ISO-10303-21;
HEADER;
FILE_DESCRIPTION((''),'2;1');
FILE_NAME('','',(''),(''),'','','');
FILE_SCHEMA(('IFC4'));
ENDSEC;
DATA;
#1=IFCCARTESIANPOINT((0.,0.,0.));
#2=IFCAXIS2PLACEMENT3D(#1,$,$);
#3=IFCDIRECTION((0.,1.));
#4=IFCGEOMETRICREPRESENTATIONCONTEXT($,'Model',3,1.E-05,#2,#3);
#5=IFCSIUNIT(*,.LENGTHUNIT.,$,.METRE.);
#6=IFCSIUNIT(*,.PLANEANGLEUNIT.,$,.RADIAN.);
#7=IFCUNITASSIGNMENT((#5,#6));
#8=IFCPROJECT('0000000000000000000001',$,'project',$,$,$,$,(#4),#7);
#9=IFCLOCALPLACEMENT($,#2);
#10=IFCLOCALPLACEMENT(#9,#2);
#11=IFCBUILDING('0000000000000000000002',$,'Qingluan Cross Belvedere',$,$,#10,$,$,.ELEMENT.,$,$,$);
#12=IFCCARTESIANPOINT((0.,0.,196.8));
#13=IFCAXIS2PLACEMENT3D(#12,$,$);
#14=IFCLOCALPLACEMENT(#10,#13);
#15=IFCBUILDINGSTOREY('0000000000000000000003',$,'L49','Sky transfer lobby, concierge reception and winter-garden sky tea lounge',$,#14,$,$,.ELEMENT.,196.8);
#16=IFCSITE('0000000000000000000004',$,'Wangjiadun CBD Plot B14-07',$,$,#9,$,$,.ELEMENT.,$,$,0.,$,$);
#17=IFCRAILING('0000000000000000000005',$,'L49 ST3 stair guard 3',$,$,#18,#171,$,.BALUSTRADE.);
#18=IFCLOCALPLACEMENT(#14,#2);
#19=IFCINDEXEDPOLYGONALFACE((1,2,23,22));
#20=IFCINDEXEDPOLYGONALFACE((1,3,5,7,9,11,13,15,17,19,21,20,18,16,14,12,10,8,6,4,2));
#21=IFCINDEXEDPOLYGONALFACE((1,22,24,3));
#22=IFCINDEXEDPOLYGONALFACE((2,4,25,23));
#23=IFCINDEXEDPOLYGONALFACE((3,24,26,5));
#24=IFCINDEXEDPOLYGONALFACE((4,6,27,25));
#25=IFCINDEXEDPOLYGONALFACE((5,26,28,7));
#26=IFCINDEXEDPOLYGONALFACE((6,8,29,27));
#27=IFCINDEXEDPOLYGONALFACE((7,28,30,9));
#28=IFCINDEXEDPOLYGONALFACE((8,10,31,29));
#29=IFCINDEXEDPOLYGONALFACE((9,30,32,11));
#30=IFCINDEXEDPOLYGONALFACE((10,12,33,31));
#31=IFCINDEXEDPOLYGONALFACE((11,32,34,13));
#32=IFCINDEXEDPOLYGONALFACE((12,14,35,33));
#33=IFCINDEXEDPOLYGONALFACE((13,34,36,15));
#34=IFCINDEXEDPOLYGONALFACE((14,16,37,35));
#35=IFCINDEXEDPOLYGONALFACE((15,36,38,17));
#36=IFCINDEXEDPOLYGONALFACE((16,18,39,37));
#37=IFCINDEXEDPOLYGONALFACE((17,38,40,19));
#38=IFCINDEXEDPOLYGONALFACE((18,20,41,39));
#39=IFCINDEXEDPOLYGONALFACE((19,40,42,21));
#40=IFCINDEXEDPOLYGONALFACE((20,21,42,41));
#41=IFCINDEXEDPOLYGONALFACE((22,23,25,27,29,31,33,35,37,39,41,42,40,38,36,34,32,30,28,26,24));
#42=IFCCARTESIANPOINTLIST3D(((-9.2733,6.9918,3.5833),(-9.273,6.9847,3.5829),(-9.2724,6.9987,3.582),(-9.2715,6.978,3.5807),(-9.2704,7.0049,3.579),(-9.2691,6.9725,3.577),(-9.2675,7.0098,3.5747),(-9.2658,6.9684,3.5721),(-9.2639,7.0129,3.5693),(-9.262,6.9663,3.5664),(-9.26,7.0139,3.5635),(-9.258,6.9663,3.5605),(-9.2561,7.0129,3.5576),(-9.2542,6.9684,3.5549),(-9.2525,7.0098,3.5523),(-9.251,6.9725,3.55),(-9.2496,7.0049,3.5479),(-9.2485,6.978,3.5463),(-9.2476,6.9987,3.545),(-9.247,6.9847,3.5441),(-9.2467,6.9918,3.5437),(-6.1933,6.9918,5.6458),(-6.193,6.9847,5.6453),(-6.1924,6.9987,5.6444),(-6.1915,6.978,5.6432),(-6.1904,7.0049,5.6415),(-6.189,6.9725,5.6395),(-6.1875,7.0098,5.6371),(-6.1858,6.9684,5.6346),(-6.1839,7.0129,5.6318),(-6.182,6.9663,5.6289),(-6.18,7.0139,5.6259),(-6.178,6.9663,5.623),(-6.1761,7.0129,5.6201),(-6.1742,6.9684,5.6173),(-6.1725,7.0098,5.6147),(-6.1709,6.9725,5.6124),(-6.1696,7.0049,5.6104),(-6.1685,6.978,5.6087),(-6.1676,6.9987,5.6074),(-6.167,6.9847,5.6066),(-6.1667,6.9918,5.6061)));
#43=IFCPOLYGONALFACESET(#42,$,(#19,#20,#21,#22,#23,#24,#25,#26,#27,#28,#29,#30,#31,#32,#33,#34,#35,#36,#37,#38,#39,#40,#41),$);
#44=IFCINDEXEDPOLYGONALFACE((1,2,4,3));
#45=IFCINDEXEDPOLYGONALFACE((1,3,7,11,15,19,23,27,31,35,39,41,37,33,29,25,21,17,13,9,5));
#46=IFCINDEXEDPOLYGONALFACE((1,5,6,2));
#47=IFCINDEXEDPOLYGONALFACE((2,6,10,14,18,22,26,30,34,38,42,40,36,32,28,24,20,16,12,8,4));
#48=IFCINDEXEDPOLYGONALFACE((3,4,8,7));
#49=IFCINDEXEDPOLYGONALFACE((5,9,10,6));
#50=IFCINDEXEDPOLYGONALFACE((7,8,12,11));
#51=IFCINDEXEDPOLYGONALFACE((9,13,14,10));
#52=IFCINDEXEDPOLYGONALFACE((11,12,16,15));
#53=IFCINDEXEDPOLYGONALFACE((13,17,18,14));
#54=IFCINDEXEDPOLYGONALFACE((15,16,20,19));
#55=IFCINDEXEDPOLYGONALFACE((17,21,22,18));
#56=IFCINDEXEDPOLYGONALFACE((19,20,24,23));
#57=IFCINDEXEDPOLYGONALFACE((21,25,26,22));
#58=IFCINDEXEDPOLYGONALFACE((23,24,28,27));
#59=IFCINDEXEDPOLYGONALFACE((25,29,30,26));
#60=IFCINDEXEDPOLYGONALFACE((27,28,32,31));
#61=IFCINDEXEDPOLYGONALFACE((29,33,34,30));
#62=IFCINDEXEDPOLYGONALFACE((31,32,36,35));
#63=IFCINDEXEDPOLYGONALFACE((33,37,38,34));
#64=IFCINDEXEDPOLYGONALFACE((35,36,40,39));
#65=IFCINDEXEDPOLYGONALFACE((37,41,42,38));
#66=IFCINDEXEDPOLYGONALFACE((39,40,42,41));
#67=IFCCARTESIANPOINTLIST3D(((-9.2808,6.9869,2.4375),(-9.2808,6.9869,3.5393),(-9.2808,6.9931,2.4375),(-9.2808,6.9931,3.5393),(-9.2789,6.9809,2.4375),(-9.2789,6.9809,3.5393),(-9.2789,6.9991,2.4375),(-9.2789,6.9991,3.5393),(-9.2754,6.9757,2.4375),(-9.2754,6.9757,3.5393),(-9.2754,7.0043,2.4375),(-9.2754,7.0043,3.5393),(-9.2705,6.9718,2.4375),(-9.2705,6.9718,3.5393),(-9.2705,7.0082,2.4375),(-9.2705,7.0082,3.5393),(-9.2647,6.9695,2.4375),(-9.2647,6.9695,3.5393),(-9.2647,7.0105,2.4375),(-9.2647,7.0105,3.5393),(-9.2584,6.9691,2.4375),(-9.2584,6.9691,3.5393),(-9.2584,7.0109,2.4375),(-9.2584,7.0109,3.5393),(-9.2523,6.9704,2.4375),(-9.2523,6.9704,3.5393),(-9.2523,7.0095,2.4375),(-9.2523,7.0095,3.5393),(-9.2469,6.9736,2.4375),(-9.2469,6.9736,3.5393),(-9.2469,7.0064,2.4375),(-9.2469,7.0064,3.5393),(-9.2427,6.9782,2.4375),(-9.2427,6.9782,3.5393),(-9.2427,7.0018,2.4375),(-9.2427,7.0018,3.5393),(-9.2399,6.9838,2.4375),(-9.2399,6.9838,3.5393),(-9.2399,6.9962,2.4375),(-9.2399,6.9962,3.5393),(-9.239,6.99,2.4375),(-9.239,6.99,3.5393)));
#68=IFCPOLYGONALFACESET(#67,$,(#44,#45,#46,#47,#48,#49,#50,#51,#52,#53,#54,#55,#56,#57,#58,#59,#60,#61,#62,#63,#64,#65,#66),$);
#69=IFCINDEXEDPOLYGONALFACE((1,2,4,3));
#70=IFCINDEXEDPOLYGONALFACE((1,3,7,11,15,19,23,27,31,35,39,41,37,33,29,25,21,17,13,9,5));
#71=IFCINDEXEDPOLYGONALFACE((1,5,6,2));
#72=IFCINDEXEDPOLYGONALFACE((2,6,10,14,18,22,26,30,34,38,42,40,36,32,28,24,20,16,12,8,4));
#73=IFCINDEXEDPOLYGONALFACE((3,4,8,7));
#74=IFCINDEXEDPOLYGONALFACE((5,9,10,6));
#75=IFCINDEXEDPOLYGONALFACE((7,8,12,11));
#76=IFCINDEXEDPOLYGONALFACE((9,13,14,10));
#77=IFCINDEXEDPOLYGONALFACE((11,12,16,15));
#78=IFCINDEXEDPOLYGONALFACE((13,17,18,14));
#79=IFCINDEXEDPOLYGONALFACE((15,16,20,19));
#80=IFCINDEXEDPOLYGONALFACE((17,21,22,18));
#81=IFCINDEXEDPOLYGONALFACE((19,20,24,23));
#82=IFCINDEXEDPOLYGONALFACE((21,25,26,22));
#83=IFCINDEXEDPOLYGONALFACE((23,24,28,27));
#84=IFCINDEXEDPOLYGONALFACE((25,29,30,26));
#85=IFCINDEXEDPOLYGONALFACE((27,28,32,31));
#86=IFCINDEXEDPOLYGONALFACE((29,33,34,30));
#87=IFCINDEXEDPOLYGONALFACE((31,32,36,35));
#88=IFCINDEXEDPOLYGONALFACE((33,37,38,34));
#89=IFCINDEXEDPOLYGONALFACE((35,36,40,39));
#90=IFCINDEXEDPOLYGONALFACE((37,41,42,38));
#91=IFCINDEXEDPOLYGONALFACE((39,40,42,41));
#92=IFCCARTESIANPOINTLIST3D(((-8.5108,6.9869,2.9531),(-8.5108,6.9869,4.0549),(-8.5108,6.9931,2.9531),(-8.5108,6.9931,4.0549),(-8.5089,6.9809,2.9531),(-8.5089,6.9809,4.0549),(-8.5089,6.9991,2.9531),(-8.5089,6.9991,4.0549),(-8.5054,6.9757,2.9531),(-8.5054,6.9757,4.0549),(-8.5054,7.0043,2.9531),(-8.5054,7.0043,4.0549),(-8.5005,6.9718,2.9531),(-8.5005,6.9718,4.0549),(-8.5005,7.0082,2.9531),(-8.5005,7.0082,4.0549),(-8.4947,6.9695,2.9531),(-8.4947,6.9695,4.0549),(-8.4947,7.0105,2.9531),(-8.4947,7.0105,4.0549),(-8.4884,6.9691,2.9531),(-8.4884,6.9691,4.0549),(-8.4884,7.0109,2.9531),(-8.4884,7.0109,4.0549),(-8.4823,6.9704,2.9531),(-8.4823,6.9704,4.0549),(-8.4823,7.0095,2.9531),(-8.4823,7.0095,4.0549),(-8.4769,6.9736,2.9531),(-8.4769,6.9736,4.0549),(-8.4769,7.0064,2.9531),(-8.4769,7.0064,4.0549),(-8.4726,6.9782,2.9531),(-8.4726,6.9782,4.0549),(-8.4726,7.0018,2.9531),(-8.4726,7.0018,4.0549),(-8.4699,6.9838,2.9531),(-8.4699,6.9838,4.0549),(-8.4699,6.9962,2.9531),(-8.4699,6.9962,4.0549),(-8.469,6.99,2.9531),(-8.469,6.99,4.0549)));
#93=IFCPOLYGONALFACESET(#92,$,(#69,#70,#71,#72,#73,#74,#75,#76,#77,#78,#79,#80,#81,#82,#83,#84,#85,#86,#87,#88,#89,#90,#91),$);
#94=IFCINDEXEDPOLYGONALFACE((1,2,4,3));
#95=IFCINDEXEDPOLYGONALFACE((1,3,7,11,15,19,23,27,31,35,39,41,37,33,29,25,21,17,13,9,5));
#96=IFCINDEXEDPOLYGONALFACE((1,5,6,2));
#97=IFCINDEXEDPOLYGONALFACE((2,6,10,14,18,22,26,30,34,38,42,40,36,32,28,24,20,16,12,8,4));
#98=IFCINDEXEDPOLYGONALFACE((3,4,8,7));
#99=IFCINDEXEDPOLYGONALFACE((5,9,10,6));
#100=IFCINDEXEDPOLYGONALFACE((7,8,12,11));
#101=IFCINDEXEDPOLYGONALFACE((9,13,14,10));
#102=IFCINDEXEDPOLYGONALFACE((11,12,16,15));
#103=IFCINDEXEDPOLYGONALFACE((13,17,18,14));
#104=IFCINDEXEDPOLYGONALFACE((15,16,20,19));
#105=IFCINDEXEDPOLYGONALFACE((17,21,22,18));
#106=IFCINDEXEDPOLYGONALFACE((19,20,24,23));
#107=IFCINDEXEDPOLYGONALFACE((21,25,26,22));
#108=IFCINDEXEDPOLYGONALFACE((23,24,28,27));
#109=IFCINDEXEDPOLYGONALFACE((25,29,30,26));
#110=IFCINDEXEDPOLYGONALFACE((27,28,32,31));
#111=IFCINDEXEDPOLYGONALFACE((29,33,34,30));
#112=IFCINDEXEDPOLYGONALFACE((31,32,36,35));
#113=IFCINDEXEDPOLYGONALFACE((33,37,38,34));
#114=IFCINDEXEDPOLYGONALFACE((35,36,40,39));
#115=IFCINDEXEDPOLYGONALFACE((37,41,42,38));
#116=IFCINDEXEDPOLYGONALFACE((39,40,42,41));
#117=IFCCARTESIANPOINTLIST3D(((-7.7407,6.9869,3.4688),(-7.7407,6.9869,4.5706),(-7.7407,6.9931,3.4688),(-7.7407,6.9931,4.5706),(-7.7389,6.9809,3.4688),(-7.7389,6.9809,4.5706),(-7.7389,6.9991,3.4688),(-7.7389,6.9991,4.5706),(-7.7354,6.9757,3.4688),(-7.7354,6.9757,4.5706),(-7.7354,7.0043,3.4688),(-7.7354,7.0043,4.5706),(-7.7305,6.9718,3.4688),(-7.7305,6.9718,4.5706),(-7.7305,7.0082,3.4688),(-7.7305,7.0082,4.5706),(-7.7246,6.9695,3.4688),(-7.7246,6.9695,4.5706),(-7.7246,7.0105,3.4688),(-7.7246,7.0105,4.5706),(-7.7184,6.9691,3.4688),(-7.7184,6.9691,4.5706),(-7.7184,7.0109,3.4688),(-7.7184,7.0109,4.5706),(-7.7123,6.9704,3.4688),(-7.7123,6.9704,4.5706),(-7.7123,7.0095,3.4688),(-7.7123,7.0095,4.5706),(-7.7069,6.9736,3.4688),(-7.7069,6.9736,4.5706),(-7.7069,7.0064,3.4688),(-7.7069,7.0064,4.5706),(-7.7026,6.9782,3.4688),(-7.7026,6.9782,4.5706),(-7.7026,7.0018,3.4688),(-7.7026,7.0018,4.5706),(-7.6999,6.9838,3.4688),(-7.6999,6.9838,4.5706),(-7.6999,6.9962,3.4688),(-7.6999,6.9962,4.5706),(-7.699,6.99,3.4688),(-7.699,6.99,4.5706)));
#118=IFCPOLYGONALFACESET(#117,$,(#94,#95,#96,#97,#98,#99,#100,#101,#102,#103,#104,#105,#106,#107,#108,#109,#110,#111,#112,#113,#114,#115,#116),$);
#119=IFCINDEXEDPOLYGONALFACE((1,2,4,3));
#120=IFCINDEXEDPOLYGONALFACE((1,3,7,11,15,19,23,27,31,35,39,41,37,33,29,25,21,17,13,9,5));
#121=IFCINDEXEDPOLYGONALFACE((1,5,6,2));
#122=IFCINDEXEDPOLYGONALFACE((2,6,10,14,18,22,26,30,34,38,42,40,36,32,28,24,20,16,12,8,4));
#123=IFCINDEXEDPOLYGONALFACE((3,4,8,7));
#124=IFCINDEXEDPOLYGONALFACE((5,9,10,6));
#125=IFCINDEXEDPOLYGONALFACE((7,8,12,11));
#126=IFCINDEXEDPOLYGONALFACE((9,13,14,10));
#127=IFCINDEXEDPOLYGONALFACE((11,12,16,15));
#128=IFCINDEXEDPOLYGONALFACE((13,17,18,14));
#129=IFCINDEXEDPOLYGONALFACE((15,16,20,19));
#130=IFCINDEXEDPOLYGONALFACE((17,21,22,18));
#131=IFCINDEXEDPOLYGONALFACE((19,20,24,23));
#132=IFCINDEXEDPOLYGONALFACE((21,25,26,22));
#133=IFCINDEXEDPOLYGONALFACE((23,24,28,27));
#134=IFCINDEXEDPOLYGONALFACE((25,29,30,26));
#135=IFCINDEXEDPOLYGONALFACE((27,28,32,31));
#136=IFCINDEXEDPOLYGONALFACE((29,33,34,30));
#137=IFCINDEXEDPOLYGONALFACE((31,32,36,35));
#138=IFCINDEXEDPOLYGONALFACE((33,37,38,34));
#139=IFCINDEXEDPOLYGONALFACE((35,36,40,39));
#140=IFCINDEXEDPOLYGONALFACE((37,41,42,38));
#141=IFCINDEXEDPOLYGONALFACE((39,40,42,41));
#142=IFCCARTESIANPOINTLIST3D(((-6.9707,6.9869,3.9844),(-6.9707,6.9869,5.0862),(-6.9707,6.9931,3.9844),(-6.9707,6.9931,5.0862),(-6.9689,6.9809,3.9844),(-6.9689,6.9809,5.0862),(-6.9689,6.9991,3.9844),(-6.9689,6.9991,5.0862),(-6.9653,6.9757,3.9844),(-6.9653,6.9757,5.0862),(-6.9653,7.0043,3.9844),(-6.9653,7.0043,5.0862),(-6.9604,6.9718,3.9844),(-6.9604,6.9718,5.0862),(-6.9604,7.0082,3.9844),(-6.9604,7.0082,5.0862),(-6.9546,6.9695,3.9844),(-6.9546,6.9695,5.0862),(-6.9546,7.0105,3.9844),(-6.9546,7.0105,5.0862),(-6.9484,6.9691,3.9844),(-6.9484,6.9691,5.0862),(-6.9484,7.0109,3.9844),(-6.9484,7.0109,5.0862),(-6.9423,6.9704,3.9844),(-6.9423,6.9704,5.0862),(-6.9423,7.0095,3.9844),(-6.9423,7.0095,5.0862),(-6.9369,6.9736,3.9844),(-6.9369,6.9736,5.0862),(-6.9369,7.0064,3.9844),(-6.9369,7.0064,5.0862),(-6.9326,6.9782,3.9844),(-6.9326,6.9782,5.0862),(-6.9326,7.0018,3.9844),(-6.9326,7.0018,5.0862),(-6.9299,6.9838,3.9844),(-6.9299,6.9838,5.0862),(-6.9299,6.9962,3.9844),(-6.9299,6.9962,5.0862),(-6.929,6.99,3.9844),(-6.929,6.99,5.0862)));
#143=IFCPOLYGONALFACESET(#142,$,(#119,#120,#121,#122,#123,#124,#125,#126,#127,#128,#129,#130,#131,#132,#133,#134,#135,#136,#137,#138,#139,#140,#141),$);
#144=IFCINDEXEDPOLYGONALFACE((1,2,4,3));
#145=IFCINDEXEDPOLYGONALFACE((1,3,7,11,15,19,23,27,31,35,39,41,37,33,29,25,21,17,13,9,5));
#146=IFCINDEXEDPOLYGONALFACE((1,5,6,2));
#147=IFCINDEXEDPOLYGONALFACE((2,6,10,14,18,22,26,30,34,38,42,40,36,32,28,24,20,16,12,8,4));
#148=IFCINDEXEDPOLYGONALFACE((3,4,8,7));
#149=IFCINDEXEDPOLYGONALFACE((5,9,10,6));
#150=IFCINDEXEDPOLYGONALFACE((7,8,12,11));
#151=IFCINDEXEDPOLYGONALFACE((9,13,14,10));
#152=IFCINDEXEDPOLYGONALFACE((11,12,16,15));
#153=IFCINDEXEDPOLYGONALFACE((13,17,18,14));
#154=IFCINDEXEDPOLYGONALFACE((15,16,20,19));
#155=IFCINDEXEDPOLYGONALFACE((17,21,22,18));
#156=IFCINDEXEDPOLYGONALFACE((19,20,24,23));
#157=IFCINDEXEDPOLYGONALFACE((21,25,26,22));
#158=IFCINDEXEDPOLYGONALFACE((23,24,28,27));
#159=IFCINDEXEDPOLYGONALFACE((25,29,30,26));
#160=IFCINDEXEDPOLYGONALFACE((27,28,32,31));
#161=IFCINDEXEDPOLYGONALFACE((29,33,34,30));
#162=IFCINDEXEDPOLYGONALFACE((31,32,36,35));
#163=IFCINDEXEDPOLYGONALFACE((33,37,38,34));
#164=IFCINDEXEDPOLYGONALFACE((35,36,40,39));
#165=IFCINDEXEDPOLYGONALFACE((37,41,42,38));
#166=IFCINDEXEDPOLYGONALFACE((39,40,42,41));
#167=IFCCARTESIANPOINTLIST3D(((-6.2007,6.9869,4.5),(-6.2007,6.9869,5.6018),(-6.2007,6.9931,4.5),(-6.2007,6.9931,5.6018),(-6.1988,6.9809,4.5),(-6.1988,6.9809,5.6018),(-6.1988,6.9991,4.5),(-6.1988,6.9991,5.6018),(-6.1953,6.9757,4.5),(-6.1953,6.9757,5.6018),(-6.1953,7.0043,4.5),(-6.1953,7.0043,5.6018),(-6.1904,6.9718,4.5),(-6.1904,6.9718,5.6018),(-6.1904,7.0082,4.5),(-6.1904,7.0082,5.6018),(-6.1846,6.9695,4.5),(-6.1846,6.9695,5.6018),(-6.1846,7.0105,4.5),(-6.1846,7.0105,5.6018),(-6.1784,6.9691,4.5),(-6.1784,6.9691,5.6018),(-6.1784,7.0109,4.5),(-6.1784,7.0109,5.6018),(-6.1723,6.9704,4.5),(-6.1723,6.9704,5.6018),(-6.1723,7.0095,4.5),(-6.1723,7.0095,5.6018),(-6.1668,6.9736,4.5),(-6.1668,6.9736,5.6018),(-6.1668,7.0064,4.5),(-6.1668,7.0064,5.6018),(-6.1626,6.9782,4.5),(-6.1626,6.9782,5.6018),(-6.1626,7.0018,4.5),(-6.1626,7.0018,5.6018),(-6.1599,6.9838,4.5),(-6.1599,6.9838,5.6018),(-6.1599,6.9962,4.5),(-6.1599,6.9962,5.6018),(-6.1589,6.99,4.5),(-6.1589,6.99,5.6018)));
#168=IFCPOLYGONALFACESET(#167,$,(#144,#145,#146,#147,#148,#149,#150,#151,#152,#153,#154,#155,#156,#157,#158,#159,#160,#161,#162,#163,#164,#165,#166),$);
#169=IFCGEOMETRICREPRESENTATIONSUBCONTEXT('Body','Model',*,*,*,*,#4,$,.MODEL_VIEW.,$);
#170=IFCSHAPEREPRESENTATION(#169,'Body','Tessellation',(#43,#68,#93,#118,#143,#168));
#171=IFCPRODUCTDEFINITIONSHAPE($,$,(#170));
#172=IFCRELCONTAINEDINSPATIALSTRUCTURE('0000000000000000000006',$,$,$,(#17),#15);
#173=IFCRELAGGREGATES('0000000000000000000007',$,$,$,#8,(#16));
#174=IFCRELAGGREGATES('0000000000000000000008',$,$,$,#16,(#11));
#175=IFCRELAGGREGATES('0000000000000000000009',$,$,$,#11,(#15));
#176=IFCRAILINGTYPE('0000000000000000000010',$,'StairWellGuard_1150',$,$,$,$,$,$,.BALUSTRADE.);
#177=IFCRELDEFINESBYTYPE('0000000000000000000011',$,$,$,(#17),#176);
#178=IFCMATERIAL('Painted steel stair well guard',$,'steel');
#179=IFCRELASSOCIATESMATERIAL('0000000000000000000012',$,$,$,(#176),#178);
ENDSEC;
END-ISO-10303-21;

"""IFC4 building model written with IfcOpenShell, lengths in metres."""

from ifc_helpers import new_model, si_unit, direction, frame, origin, origin_2d, place, context, subcontext, project, spatial, circle, extrude, material, type_object, element, save


model = new_model("IFC4")

# Units and contexts
model_context = context("Model", 3, precision=1e-05, world=origin(), true_north=direction((0.0, 1.0)))
body_context = subcontext(model_context, "Body", "Model", "MODEL_VIEW")
ifc_project = project(units=[si_unit("LENGTHUNIT", "METRE"), si_unit("PLANEANGLEUNIT", "RADIAN")], contexts=[model_context])

# Site, building, storey
site_placement = place(None, origin())
site = spatial("IfcSite", under=ifc_project, at=site_placement, Name="Wangjiadun CBD Plot B14-07", CompositionType="ELEMENT", RefElevation=0.0)
building_placement = place(site_placement, origin())
building = spatial("IfcBuilding", under=site, at=building_placement, Name="Qingluan Cross Belvedere", CompositionType="ELEMENT")
storey_placement = place(building_placement, frame((0.0, 0.0, 196.8)))
storey = spatial("IfcBuildingStorey", under=building, at=storey_placement, Name="L49", Description="Sky transfer lobby, concierge reception and winter-garden sky tea lounge", CompositionType="ELEMENT", Elevation=196.8)

# Railing
ifc_material_1 = material(Name="Painted steel stair well guard", Category="steel")
railing_type_1 = type_object("IfcRailingType", Name="StairWellGuard_1150", PredefinedType="BALUSTRADE", material=ifc_material_1)
railing_1_placement = place(storey_placement, frame((-9.26, 6.99, 2.4375)))
element("IfcRailing", 1, at=railing_1_placement, inside=storey, type_object=railing_type_1, Name="L49 ST3 stair guard 3", PredefinedType="BALUSTRADE", context=body_context, shape_type="SweptSolid", body=[
    extrude(circle(Radius=0.0239, at=origin_2d()), frame((0.0, 0.0, 1.126), z_axis=(0.830914, 0.0, 0.556401), x_axis=(0.0, 1.0, 0.0)), (0.0, 0.0, 1.0), 3.7068),
    extrude(circle(Radius=0.021, at=origin_2d()), origin(), (0.0, 0.0, 1.0), 1.1018),
    extrude(circle(Radius=0.021, at=origin_2d()), frame((0.77, 0.0, 0.5156)), (0.0, 0.0, 1.0), 1.1018),
    extrude(circle(Radius=0.021, at=origin_2d()), frame((1.54, 0.0, 1.0312)), (0.0, 0.0, 1.0), 1.1018),
    extrude(circle(Radius=0.021, at=origin_2d()), frame((2.3101, 0.0, 1.5469)), (0.0, 0.0, 1.0), 1.1018),
    extrude(circle(Radius=0.021, at=origin_2d()), frame((3.0801, 0.0, 2.0625)), (0.0, 0.0, 1.0), 1.1018),
])

save(model, "model.ifc")
